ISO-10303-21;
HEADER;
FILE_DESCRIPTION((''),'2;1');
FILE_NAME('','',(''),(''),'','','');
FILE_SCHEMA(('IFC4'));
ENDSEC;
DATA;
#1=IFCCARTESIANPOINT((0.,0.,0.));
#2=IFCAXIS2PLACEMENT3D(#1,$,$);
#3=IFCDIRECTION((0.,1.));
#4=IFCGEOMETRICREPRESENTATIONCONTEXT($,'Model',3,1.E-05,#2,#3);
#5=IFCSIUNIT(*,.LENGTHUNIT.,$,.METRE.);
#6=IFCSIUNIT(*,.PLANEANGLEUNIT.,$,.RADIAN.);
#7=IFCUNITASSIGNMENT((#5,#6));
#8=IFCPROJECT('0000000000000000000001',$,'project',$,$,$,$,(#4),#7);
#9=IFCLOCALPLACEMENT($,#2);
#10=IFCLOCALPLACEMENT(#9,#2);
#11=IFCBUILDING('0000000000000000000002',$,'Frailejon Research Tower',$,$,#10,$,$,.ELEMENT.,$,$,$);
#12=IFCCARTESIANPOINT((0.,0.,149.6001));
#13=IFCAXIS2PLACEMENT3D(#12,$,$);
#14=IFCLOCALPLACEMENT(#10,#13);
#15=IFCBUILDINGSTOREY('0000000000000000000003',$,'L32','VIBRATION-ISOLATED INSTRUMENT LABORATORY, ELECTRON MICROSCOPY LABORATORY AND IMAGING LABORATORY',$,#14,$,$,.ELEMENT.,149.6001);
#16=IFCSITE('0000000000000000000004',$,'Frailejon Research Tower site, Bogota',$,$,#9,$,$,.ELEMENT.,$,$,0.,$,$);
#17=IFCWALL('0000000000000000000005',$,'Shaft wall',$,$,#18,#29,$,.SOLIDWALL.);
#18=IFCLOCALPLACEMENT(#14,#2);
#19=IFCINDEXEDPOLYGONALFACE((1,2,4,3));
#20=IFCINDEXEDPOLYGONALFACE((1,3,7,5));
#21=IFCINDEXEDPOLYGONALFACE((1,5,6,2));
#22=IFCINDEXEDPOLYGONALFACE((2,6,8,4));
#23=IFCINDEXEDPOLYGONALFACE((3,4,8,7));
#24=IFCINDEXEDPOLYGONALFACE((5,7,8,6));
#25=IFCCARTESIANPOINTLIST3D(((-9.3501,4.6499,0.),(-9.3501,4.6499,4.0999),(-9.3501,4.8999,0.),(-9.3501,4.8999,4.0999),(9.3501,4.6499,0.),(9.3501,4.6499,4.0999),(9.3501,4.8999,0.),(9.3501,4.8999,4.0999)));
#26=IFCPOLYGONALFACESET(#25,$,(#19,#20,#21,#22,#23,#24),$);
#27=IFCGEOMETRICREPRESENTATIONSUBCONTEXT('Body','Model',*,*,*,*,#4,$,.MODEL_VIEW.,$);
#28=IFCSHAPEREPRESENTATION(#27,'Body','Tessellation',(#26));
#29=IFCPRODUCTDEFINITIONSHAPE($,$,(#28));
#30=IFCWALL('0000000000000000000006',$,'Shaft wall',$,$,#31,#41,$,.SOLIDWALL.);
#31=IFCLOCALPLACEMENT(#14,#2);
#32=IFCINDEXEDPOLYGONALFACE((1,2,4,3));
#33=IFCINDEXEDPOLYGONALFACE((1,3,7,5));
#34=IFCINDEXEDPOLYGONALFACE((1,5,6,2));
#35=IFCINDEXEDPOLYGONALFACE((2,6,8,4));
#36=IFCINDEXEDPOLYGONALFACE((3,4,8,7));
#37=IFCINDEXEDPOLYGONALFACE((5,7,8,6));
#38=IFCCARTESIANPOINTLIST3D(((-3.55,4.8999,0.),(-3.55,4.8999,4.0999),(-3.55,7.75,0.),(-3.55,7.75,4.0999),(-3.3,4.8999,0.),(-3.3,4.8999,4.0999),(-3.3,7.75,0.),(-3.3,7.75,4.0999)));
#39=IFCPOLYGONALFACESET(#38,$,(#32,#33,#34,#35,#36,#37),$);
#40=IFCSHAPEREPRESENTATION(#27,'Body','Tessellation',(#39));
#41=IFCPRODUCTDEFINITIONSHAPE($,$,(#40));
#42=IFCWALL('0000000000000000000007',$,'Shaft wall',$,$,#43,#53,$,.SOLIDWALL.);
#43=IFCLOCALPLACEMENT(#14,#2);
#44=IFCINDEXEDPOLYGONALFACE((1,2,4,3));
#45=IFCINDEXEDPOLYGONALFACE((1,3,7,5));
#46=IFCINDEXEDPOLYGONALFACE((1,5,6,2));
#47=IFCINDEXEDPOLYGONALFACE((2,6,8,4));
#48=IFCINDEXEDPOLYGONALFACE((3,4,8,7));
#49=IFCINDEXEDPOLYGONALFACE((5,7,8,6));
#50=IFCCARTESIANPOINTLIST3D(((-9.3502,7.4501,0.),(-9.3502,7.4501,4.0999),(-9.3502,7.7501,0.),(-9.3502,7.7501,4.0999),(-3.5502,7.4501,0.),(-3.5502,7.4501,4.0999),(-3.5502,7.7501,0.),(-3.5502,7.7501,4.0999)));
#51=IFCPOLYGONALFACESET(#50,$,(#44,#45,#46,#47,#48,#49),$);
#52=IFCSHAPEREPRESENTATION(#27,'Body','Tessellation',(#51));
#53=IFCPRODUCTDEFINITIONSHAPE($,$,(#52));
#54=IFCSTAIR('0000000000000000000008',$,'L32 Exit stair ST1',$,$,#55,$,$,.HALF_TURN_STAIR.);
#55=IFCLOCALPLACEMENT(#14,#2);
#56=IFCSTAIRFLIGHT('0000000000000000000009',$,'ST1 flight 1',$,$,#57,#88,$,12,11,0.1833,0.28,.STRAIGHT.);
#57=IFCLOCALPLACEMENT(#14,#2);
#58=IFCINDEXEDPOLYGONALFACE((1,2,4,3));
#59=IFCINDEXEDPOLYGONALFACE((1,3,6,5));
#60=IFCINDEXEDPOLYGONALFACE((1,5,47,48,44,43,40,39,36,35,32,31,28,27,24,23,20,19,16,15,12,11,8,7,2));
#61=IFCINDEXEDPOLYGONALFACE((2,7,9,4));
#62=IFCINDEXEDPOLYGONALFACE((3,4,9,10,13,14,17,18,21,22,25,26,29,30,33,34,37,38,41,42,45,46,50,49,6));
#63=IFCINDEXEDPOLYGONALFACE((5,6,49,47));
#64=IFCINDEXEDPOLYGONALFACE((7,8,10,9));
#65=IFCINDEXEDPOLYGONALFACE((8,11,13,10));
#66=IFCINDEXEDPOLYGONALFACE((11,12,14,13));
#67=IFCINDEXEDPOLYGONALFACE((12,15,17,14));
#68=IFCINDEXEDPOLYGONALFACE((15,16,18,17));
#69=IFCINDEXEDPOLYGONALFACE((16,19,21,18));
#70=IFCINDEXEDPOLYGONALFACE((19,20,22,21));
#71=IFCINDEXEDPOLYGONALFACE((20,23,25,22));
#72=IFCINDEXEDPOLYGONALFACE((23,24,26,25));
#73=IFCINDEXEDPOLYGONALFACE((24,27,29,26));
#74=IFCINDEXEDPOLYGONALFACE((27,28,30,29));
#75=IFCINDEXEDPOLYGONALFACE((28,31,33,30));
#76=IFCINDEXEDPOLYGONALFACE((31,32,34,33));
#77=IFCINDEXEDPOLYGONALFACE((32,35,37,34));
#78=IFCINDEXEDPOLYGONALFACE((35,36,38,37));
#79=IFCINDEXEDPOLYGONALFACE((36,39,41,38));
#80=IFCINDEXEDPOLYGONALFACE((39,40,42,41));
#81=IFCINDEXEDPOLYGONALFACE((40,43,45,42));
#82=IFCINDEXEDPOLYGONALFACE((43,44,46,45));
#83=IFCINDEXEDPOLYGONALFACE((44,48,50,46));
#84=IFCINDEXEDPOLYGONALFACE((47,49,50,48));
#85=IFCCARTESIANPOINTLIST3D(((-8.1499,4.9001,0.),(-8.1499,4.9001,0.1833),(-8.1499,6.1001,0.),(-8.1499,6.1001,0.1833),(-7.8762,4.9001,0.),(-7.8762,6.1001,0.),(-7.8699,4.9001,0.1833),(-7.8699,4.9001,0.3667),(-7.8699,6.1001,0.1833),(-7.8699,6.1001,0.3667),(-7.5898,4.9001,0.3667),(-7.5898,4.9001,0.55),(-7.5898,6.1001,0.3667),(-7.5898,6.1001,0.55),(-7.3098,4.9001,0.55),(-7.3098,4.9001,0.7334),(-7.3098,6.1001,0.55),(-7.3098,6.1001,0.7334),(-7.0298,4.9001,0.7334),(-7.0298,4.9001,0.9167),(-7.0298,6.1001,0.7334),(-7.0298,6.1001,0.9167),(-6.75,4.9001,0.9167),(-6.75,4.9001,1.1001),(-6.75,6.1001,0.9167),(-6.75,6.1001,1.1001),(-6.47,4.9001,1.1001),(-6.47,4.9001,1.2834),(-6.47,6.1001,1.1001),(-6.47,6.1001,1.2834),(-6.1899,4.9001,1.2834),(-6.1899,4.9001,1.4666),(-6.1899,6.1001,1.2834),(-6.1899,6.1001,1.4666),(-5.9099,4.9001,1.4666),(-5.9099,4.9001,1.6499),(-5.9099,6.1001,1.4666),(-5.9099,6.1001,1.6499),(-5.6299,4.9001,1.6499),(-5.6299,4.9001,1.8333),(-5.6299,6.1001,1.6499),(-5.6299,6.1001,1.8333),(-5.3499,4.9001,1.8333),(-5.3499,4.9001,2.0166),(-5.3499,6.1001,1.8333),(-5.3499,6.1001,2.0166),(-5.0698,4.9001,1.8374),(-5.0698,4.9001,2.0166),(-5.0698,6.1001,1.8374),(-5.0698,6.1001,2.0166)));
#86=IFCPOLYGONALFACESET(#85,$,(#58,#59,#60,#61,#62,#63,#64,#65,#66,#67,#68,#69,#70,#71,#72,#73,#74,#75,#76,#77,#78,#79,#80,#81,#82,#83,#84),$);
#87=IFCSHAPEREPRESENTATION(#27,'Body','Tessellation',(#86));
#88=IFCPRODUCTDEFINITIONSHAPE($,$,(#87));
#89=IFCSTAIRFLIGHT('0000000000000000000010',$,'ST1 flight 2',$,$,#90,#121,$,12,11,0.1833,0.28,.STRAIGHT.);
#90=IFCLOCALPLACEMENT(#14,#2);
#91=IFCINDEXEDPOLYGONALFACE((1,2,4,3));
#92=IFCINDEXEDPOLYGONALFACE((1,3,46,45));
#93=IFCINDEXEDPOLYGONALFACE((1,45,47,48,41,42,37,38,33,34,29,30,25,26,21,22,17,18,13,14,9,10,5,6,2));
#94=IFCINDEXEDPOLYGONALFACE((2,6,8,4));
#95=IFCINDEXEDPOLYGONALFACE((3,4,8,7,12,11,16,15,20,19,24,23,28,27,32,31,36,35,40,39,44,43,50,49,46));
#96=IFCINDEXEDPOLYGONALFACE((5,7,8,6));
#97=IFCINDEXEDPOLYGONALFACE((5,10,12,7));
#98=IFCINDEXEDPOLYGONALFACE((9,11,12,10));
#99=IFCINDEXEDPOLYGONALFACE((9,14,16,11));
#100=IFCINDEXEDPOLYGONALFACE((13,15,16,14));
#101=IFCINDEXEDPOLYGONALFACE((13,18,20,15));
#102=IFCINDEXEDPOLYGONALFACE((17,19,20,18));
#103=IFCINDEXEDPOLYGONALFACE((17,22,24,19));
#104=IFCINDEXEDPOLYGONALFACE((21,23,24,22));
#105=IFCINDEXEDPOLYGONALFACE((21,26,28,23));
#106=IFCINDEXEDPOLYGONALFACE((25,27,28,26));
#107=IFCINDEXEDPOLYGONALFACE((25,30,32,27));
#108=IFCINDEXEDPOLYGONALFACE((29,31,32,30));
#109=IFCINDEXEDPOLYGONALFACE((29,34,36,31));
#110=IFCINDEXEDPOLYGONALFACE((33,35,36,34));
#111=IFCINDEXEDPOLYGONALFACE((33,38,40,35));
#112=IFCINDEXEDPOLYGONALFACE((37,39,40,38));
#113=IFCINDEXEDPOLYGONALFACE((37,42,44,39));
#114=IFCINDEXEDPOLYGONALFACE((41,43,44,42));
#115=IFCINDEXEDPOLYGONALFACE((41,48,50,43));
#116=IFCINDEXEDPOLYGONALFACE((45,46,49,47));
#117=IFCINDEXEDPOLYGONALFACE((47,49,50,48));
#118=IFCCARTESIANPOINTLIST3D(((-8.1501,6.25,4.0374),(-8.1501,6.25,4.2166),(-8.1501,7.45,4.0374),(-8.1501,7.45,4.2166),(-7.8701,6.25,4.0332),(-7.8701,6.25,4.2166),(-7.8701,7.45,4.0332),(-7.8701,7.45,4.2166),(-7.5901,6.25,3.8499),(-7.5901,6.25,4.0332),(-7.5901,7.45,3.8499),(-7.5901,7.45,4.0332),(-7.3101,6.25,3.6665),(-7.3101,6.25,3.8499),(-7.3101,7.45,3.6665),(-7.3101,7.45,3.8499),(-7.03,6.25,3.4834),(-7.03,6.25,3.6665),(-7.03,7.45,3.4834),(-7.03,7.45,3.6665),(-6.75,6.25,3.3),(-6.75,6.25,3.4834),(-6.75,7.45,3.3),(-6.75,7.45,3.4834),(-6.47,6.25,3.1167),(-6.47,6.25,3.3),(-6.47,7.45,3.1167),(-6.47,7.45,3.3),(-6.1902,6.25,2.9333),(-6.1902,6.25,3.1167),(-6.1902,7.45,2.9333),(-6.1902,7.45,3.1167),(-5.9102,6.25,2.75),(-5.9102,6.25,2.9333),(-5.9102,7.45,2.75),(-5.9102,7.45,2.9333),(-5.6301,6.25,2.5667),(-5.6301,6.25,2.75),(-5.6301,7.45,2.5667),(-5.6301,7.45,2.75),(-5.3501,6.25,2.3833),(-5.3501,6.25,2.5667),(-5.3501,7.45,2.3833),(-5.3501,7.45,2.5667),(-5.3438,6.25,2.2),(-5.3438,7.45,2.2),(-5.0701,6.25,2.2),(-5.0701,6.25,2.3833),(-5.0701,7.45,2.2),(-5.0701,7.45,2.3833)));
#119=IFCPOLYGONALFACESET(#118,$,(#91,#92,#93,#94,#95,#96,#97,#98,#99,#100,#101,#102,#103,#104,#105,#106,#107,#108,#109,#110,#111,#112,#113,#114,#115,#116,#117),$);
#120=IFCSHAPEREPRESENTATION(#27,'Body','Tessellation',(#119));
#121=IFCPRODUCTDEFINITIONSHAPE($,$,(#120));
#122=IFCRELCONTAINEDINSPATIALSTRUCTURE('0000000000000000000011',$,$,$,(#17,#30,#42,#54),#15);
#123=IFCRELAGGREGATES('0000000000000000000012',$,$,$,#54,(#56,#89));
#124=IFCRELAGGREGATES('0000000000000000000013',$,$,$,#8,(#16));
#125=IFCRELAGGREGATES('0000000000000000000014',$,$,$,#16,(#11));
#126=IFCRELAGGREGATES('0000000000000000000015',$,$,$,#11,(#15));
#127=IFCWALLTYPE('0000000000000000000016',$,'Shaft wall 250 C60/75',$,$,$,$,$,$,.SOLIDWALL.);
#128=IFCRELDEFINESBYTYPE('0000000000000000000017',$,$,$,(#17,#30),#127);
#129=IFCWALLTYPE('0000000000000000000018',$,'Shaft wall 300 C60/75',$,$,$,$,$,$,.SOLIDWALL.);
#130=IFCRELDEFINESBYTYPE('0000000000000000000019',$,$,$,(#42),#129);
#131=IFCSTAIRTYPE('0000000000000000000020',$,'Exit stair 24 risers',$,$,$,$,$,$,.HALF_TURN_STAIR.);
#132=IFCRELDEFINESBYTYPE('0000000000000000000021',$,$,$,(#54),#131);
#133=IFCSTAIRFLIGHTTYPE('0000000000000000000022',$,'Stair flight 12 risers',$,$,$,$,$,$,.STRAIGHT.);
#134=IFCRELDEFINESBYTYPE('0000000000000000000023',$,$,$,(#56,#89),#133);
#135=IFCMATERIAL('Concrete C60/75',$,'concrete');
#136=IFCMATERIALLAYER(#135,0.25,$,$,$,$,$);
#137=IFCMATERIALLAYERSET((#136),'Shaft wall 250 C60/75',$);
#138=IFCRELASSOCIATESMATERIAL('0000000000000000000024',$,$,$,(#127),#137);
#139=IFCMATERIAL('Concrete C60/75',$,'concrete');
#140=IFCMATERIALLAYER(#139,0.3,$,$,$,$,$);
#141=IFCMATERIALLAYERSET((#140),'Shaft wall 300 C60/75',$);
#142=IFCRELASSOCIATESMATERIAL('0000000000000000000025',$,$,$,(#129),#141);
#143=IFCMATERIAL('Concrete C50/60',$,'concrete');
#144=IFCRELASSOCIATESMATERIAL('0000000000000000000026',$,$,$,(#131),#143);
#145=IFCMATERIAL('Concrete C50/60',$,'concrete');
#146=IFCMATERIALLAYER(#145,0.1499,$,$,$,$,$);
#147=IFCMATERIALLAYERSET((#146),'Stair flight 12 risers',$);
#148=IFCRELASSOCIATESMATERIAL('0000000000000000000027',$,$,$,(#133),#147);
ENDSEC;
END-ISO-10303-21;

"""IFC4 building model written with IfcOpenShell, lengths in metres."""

from ifc_helpers import new_model, si_unit, direction, frame, frame_2d, origin, place, context, subcontext, project, spatial, polyline, rectangle, outline, extrude, material, layer, layer_set, type_object, element, aggregate, save


model = new_model("IFC4")

# Units and contexts
model_context = context("Model", 3, precision=1e-05, world=origin(), true_north=direction((0.0, 1.0)))
body_context = subcontext(model_context, "Body", "Model", "MODEL_VIEW")
ifc_project = project(units=[si_unit("LENGTHUNIT", "METRE"), si_unit("PLANEANGLEUNIT", "RADIAN")], contexts=[model_context])

# Site, building, storey
site_placement = place(None, origin())
site = spatial("IfcSite", under=ifc_project, at=site_placement, Name="Frailejon Research Tower site, Bogota", CompositionType="ELEMENT", RefElevation=0.0)
building_placement = place(site_placement, origin())
building = spatial("IfcBuilding", under=site, at=building_placement, Name="Frailejon Research Tower", CompositionType="ELEMENT")
storey_placement = place(building_placement, frame((0.0, 0.0, 149.6001)))
storey = spatial("IfcBuildingStorey", under=building, at=storey_placement, Name="L32", Description="VIBRATION-ISOLATED INSTRUMENT LABORATORY, ELECTRON MICROSCOPY LABORATORY AND IMAGING LABORATORY", CompositionType="ELEMENT", Elevation=149.6001)

# Shared definitions
ifc_material_1 = material(Name="Concrete C60/75", Category="concrete")
ifc_layer_1 = layer(ifc_material_1, 0.25)
ifc_layer_set_1 = layer_set([ifc_layer_1], Name="Shaft wall 250 C60/75")
wall_type_1 = type_object("IfcWallType", Name="Shaft wall 250 C60/75", PredefinedType="SOLIDWALL", material=ifc_layer_set_1)

# Walls
wall_1_placement = place(storey_placement, frame((-9.3501, 4.7749, 0.0), z_axis=(0.0, 0.0, 1.0), x_axis=(1.0, 0.0, 0.0)))
element("IfcWall", 1, at=wall_1_placement, inside=storey, type_object=wall_type_1, Name="Shaft wall", PredefinedType="SOLIDWALL", context=body_context, shape_type="SweptSolid", body=[
    extrude(rectangle(XDim=18.7002, YDim=0.25, at=frame_2d((9.3501, 0.0))), origin(), (0.0, 0.0, 1.0), 4.0999),
])
wall_2_placement = place(storey_placement, frame((-3.425, 4.8999, 0.0), z_axis=(0.0, 0.0, 1.0), x_axis=(0.0, 1.0, 0.0)))
element("IfcWall", 2, at=wall_2_placement, inside=storey, type_object=wall_type_1, Name="Shaft wall", PredefinedType="SOLIDWALL", context=body_context, shape_type="SweptSolid", body=[
    extrude(rectangle(XDim=2.8501, YDim=0.25, at=frame_2d((1.425, 0.0))), origin(), (0.0, 0.0, 1.0), 4.0999),
])
ifc_material_2 = material(Name="Concrete C60/75", Category="concrete")
ifc_layer_2 = layer(ifc_material_2, 0.3)
ifc_layer_set_2 = layer_set([ifc_layer_2], Name="Shaft wall 300 C60/75")
wall_type_2 = type_object("IfcWallType", Name="Shaft wall 300 C60/75", PredefinedType="SOLIDWALL", material=ifc_layer_set_2)
wall_3_placement = place(storey_placement, frame((-9.3501, 7.6001, 0.0), z_axis=(0.0, 0.0, 1.0), x_axis=(1.0, 0.0, 0.0)))
element("IfcWall", 3, at=wall_3_placement, inside=storey, type_object=wall_type_2, Name="Shaft wall", PredefinedType="SOLIDWALL", context=body_context, shape_type="SweptSolid", body=[
    extrude(rectangle(XDim=5.8, YDim=0.3, at=frame_2d((2.8999, 0.0))), origin(), (0.0, 0.0, 1.0), 4.0999),
])

# Stair, stair flights
ifc_material_3 = material(Name="Concrete C50/60", Category="concrete")
stair_type = type_object("IfcStairType", Name="Exit stair 24 risers", PredefinedType="HALF_TURN_STAIR", material=ifc_material_3)
stair_placement = place(storey_placement, origin())
stair = element("IfcStair", 4, at=stair_placement, inside=storey, type_object=stair_type, Name="L32 Exit stair ST1", PredefinedType="HALF_TURN_STAIR")
ifc_material_4 = material(Name="Concrete C50/60", Category="concrete")
ifc_layer_3 = layer(ifc_material_4, 0.1499)
ifc_layer_set_3 = layer_set([ifc_layer_3], Name="Stair flight 12 risers")
stair_flight_type = type_object("IfcStairFlightType", Name="Stair flight 12 risers", PredefinedType="STRAIGHT", material=ifc_layer_set_3)
stair_flight_1_placement = place(storey_placement, frame((-8.1499, 5.5, 0.0), z_axis=(0.0, 0.0, 1.0), x_axis=(1.0, 0.0, 0.0)))
stair_flight_1 = element("IfcStairFlight", 5, at=stair_flight_1_placement, type_object=stair_flight_type, Name="ST1 flight 1", NumberOfRisers=12, NumberOfTreads=11, PredefinedType="STRAIGHT", RiserHeight=0.1833, TreadLength=0.28, context=body_context, shape_type="SweptSolid", body=[
    extrude(outline(polyline([(0.0, 0.0), (0.0, 0.1833), (0.28, 0.1833), (0.28, 0.3667), (0.5601, 0.3667), (0.5601, 0.55), (0.8401, 0.55), (0.8401, 0.7334), (1.1201, 0.7334), (1.1201, 0.9167), (1.3999, 0.9167), (1.3999, 1.1001), (1.6799, 1.1001), (1.6799, 1.2834), (1.96, 1.2834), (1.96, 1.4666), (2.24, 1.4666), (2.24, 1.6499), (2.52, 1.6499), (2.52, 1.8333), (2.8, 1.8333), (2.8, 2.0166), (3.0801, 2.0166), (3.0801, 2.2), (3.0801, 1.8374), (0.2737, 0.0), (0.0, 0.0)])), frame((0.0, 0.6001, 0.0), z_axis=(0.0, -1.0, 0.0), x_axis=(1.0, 0.0, 0.0)), (0.0, 0.0, 1.0), 1.2),
])
stair_flight_2_placement = place(storey_placement, frame((-5.0701, 6.8501, 2.2), z_axis=(0.0, 0.0, 1.0), x_axis=(-1.0, 0.0, 0.0)))
stair_flight_2 = element("IfcStairFlight", 6, at=stair_flight_2_placement, type_object=stair_flight_type, Name="ST1 flight 2", NumberOfRisers=12, NumberOfTreads=11, PredefinedType="STRAIGHT", RiserHeight=0.1833, TreadLength=0.28, context=body_context, shape_type="SweptSolid", body=[
    extrude(outline(polyline([(0.0, 0.0), (0.0, 0.1833), (0.28, 0.1833), (0.28, 0.3667), (0.5601, 0.3667), (0.5601, 0.55), (0.8401, 0.55), (0.8401, 0.7334), (1.1201, 0.7334), (1.1201, 0.9167), (1.3999, 0.9167), (1.3999, 1.1001), (1.6799, 1.1001), (1.6799, 1.2834), (1.96, 1.2834), (1.96, 1.4666), (2.24, 1.4666), (2.24, 1.6499), (2.52, 1.6499), (2.52, 1.8333), (2.8, 1.8333), (2.8, 2.0166), (3.0801, 2.0166), (3.0801, 2.2), (3.0801, 1.8374), (0.2737, 0.0), (0.0, 0.0)])), frame((0.0, 0.6001, 0.0), z_axis=(0.0, -1.0, 0.0), x_axis=(1.0, 0.0, 0.0)), (0.0, 0.0, 1.0), 1.2),
])
aggregate(stair, [stair_flight_1, stair_flight_2])

save(model, "model.ifc")
